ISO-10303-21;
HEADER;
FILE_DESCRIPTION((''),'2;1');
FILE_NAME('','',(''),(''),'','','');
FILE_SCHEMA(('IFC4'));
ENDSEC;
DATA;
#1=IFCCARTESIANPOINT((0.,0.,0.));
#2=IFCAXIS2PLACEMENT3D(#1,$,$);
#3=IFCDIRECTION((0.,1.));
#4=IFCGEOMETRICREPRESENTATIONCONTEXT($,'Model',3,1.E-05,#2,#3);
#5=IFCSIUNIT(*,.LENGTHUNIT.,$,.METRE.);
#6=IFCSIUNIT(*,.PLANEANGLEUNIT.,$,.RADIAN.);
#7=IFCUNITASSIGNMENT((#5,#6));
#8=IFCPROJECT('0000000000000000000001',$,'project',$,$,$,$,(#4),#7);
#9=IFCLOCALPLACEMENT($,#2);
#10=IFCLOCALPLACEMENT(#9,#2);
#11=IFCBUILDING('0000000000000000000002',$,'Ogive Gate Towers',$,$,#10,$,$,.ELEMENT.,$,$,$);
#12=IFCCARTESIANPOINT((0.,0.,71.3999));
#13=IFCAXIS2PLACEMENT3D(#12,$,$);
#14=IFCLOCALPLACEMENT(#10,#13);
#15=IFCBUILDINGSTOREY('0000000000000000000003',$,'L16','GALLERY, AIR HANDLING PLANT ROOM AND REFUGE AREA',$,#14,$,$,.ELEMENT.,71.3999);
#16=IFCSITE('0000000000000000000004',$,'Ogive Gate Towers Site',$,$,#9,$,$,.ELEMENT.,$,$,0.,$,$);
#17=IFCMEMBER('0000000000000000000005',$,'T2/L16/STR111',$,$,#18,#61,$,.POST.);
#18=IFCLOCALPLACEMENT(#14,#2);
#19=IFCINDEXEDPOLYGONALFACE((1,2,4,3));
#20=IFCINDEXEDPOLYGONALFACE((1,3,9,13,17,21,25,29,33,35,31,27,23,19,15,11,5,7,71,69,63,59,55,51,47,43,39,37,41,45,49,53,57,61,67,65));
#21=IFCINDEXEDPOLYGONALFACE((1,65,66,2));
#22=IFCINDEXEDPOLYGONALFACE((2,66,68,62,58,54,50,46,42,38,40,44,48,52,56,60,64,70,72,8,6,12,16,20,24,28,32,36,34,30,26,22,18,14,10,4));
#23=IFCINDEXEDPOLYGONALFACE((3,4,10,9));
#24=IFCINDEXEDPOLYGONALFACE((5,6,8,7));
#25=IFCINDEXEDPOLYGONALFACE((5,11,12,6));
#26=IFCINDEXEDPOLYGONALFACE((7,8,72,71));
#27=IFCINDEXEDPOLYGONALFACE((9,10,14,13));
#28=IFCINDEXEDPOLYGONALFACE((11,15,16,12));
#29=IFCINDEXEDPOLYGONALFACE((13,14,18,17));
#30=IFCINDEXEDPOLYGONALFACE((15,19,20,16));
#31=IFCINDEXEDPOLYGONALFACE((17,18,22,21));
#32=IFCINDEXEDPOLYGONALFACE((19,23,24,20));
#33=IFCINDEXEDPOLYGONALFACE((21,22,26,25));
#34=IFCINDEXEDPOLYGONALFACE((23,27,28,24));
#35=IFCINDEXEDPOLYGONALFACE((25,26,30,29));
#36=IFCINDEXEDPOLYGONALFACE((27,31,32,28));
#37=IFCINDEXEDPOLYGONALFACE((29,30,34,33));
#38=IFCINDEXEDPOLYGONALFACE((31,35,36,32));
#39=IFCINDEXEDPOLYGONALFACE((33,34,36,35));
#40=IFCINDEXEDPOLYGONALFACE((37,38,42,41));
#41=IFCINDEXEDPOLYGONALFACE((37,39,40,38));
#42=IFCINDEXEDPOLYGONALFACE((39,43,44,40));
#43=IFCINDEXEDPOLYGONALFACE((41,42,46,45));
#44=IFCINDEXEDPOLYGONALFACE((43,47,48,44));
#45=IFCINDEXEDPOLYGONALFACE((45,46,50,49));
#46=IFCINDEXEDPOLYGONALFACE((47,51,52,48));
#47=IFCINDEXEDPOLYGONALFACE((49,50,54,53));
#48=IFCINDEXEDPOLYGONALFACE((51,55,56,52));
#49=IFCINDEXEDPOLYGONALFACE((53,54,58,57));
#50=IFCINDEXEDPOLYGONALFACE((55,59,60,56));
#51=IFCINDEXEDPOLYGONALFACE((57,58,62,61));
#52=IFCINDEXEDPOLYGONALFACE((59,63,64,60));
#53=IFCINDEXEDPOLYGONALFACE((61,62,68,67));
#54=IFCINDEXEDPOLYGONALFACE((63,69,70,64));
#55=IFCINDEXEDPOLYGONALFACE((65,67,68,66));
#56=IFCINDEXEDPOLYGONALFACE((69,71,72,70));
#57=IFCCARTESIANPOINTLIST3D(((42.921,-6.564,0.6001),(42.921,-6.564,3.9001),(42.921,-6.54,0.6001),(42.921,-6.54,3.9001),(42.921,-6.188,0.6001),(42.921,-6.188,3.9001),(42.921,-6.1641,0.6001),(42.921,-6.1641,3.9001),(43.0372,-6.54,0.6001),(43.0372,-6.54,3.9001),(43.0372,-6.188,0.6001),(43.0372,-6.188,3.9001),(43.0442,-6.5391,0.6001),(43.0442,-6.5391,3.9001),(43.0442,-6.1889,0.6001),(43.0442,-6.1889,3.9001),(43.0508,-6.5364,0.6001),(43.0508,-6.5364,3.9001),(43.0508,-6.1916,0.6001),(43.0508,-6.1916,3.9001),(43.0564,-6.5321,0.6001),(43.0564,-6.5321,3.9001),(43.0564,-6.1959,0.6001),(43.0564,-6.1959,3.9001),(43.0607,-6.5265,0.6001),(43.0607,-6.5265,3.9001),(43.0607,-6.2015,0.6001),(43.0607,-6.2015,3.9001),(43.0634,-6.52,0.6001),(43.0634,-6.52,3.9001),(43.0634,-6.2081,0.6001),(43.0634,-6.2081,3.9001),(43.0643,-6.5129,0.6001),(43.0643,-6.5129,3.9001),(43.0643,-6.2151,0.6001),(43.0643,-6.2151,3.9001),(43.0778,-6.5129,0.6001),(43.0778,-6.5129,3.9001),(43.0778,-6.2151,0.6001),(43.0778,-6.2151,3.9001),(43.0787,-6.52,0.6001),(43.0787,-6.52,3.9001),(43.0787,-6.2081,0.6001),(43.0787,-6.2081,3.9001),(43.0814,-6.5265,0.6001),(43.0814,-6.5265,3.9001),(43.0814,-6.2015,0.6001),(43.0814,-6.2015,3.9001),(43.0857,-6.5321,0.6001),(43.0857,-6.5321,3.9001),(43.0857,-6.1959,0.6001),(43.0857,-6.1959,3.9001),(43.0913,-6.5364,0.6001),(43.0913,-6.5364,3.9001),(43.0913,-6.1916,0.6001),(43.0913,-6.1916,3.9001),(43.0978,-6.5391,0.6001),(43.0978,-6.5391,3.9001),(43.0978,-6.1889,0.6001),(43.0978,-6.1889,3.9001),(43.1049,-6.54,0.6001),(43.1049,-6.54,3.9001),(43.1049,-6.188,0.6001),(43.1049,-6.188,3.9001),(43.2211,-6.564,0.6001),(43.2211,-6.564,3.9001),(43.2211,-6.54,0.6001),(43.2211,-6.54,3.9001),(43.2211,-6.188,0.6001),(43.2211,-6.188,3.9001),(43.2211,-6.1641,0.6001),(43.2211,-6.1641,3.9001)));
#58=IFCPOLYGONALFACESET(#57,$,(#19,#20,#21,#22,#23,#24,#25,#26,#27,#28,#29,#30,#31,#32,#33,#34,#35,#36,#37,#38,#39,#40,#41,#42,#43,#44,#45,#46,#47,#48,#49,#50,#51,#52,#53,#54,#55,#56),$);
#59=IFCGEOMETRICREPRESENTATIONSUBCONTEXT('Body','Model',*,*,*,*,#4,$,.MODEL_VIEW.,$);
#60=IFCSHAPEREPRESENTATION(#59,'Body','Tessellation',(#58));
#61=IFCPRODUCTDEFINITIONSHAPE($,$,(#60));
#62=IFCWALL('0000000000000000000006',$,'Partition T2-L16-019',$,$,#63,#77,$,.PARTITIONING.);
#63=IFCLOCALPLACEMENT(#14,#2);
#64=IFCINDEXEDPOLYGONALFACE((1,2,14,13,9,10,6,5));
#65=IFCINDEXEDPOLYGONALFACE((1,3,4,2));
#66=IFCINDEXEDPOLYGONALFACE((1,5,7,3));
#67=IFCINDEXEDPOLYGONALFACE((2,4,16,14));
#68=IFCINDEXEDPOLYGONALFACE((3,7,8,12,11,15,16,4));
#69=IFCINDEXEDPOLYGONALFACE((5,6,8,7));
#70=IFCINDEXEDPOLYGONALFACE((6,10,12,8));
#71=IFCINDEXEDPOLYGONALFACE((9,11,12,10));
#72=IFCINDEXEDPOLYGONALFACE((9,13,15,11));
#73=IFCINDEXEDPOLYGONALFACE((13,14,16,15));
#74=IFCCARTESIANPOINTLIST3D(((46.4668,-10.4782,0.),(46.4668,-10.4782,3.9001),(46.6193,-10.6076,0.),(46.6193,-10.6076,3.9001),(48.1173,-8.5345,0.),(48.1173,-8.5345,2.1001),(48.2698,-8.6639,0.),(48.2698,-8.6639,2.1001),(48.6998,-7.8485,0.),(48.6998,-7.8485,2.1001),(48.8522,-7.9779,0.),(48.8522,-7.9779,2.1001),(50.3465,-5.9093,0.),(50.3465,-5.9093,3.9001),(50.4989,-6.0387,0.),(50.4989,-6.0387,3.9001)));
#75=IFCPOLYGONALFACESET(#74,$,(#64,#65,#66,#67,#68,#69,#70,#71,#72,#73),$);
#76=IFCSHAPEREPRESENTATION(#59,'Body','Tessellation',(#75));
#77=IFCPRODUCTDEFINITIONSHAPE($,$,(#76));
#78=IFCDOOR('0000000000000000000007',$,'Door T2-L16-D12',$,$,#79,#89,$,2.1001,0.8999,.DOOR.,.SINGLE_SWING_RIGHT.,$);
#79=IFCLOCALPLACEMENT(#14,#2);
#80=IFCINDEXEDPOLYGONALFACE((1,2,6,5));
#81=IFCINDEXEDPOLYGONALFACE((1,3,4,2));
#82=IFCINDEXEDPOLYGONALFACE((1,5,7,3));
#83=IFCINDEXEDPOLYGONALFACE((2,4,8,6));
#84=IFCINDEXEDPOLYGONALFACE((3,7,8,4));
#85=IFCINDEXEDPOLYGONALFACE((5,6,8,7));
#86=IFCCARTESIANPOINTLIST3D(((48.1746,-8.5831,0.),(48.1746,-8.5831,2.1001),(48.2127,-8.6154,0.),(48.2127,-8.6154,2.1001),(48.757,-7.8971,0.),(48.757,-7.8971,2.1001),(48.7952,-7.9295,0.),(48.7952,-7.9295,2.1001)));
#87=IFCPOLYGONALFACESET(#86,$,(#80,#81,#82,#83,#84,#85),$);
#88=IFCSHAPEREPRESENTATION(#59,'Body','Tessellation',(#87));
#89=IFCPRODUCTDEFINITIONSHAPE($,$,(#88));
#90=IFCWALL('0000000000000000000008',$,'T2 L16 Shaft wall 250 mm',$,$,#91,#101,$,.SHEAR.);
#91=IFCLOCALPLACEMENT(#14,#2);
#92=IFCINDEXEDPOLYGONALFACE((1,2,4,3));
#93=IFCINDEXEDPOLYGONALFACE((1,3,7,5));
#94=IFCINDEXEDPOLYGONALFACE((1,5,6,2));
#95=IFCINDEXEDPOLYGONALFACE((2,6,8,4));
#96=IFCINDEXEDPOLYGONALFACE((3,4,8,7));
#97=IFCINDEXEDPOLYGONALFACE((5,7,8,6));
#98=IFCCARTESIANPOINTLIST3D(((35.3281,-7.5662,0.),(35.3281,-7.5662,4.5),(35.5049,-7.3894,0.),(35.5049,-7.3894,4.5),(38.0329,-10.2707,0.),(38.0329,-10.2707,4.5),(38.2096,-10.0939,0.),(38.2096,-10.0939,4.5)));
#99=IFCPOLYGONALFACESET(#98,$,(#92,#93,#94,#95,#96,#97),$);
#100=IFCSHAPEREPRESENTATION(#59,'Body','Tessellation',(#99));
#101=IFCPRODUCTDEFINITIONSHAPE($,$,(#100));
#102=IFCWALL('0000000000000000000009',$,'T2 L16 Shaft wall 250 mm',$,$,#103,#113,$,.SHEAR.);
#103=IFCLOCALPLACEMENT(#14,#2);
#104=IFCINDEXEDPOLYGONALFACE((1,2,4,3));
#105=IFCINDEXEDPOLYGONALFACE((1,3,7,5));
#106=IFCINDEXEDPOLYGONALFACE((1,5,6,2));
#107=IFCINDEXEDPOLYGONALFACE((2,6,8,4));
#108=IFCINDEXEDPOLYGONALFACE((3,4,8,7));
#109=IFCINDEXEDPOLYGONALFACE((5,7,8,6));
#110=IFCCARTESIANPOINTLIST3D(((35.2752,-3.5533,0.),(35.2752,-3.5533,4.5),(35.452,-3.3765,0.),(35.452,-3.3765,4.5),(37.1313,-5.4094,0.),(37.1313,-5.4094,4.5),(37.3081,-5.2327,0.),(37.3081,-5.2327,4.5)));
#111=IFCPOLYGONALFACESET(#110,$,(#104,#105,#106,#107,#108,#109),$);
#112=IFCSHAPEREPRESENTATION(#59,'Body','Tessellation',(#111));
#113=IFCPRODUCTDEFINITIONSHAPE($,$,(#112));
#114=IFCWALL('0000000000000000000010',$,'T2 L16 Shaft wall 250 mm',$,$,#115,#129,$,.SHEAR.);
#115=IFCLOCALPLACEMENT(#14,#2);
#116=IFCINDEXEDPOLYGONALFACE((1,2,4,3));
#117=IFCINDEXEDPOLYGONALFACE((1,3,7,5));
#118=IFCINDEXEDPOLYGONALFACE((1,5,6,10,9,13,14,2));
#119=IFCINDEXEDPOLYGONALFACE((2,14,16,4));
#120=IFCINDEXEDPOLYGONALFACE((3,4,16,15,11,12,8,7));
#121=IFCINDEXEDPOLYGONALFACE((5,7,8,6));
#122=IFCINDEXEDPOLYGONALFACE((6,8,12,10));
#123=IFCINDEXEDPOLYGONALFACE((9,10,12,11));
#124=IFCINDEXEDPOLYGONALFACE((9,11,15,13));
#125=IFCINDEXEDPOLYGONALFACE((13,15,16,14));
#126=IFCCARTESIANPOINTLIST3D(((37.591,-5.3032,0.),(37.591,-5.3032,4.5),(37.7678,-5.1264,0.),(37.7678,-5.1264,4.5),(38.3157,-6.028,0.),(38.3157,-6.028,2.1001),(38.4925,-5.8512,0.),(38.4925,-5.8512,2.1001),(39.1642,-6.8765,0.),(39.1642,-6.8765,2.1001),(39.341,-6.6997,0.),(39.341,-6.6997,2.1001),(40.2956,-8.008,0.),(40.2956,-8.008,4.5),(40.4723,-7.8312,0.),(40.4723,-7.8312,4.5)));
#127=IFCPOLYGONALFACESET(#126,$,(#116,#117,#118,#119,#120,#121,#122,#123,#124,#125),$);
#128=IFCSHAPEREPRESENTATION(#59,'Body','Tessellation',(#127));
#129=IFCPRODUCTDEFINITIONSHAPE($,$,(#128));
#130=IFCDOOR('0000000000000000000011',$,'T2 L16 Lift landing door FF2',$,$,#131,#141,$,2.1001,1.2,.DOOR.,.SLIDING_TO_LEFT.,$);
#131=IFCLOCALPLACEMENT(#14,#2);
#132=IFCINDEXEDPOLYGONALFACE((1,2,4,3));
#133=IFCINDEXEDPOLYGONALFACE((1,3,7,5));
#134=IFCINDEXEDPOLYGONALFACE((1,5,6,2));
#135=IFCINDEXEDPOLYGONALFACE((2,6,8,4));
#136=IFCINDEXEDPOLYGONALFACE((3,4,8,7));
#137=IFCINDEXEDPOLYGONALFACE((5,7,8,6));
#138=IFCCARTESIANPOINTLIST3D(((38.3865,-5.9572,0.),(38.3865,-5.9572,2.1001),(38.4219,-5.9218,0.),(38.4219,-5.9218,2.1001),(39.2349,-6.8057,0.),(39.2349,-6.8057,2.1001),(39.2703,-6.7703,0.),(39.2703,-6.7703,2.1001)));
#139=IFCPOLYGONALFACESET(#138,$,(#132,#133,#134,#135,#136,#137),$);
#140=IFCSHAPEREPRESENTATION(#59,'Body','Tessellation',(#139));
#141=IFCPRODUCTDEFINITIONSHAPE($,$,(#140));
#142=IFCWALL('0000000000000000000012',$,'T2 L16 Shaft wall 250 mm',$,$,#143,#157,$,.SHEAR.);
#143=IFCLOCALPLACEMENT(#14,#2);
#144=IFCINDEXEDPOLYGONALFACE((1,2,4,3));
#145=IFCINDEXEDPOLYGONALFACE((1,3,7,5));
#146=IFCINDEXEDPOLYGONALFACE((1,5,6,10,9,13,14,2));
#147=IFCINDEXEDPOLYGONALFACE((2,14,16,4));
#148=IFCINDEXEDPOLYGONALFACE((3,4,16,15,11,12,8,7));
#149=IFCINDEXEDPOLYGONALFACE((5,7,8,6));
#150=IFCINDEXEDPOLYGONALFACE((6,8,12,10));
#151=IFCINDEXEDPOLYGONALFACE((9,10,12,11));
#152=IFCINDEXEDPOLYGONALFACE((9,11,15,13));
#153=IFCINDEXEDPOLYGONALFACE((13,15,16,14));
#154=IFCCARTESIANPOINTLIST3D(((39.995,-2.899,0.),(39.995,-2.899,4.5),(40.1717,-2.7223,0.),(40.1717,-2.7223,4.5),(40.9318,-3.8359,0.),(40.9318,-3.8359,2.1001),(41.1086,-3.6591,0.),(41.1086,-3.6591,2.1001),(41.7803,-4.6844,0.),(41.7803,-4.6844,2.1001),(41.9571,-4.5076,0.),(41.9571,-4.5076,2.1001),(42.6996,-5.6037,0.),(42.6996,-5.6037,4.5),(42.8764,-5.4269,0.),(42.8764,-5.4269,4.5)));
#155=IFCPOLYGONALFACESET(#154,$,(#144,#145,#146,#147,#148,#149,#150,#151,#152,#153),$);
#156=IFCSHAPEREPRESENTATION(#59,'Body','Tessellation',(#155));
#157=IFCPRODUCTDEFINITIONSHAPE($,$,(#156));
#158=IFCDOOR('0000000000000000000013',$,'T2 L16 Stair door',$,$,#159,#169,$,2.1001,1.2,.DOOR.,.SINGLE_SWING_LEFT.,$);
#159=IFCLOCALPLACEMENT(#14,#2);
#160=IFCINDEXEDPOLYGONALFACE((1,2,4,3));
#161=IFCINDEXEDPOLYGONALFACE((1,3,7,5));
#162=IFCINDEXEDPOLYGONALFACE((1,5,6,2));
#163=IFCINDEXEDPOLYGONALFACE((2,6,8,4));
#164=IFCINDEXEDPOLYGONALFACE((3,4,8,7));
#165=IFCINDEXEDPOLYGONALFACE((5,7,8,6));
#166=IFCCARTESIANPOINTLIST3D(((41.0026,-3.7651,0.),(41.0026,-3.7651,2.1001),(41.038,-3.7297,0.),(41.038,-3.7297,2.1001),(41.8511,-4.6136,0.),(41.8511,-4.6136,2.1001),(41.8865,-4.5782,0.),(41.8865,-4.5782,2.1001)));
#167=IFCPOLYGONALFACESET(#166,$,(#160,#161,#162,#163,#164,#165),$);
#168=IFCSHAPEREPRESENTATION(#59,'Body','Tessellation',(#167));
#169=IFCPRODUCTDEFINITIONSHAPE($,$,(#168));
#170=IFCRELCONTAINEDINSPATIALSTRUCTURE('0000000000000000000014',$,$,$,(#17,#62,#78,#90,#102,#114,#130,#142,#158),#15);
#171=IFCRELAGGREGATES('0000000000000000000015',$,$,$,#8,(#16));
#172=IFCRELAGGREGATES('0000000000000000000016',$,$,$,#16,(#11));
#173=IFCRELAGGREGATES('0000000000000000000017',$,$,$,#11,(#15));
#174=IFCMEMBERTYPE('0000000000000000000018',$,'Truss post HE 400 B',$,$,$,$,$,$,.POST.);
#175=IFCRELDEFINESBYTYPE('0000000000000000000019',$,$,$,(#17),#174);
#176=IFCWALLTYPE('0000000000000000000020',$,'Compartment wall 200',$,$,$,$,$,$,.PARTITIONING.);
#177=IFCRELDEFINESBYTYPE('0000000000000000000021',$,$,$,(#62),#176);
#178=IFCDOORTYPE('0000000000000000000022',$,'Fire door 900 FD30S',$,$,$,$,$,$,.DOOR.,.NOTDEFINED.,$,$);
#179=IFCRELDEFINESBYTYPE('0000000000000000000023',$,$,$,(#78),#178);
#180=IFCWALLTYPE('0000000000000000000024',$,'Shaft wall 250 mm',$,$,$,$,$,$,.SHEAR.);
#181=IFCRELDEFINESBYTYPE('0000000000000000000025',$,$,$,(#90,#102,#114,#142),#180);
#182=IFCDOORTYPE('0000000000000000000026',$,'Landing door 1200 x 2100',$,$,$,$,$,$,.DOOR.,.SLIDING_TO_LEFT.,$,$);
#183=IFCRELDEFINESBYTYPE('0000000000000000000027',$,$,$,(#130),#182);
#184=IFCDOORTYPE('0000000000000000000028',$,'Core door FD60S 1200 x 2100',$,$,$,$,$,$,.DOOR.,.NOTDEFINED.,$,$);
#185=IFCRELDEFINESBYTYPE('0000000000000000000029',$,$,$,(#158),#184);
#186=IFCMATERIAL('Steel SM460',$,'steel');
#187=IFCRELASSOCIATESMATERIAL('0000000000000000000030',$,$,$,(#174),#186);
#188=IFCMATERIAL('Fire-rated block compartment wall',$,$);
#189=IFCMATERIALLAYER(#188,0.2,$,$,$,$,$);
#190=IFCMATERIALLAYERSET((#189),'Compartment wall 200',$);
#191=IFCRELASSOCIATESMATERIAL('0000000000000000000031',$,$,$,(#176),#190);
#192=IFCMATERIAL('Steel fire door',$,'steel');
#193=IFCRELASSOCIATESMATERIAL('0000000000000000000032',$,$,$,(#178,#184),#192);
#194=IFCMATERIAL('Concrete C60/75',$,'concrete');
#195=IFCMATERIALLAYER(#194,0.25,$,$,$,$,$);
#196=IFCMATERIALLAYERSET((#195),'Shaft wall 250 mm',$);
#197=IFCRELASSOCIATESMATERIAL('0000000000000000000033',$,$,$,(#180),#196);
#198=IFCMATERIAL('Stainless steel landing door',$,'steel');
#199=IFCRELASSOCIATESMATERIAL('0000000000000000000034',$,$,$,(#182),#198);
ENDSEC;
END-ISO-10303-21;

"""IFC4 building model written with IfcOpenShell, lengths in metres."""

from ifc_helpers import new_model, si_unit, direction, frame, frame_2d, origin, origin_2d, place, context, subcontext, project, spatial, rectangle, i_section, extrude, material, layer, layer_set, material_profile, profile_set, type_object, element, fill, save


model = new_model("IFC4")

# Units and contexts
model_context = context("Model", 3, precision=1e-05, world=origin(), true_north=direction((0.0, 1.0)))
body_context = subcontext(model_context, "Body", "Model", "MODEL_VIEW")
ifc_project = project(units=[si_unit("LENGTHUNIT", "METRE"), si_unit("PLANEANGLEUNIT", "RADIAN")], contexts=[model_context])

# Site, building, storey
site_placement = place(None, origin())
site = spatial("IfcSite", under=ifc_project, at=site_placement, Name="Ogive Gate Towers Site", CompositionType="ELEMENT", RefElevation=0.0)
building_placement = place(site_placement, origin())
building = spatial("IfcBuilding", under=site, at=building_placement, Name="Ogive Gate Towers", CompositionType="ELEMENT")
storey_placement = place(building_placement, frame((0.0, 0.0, 71.3999)))
storey = spatial("IfcBuildingStorey", under=building, at=storey_placement, Name="L16", Description="GALLERY, AIR HANDLING PLANT ROOM AND REFUGE AREA", CompositionType="ELEMENT", Elevation=71.3999)

# Shared definitions
ifc_material_1 = material(Name="Steel SM460", Category="steel")

# Member
ifc_material_profile_1 = material_profile(ifc_material_1, i_section(OverallWidth=0.3, OverallDepth=0.3999, WebThickness=0.0134, FlangeThickness=0.0239, FilletRadius=0.0271, at=origin_2d()), Name="HE 400 B")
ifc_profile_set_1 = profile_set([ifc_material_profile_1], Name="Steel SM460")
member_type_1 = type_object("IfcMemberType", Name="Truss post HE 400 B", PredefinedType="POST", material=ifc_profile_set_1)
member_1_placement = place(storey_placement, frame((43.071, -6.364, 0.6001), z_axis=(0.0, 0.0, 1.0), x_axis=(1.0, 0.0, 0.0)))
element("IfcMember", 1, at=member_1_placement, inside=storey, type_object=member_type_1, Name="T2/L16/STR111", PredefinedType="POST", context=body_context, shape_type="SweptSolid", body=[
    extrude(i_section(OverallWidth=0.3, OverallDepth=0.3999, WebThickness=0.0134, FlangeThickness=0.0239, FilletRadius=0.0271, at=origin_2d()), origin(), (0.0, 0.0, 1.0), 3.3),
])

# Wall, opening, door
ifc_material_2 = material(Name="Fire-rated block compartment wall")
ifc_layer_1 = layer(ifc_material_2, 0.2)
ifc_layer_set_1 = layer_set([ifc_layer_1], Name="Compartment wall 200")
wall_type_1 = type_object("IfcWallType", Name="Compartment wall 200", PredefinedType="PARTITIONING", material=ifc_layer_set_1)
wall_1_placement = place(storey_placement, frame((46.543, -10.543, 0.0), z_axis=(0.0, 0.0, 1.0), x_axis=(0.647272, 0.762259, 0.0)))
wall_1 = element("IfcWall", 2, at=wall_1_placement, inside=storey, type_object=wall_type_1, Name="Partition T2-L16-019", PredefinedType="PARTITIONING", context=body_context, shape_type="SweptSolid", body=[
    extrude(rectangle(XDim=5.9939, YDim=0.2, at=frame_2d((2.9971, 0.0))), origin(), (0.0, 0.0, 1.0), 3.9001),
])
opening_1_placement = place(wall_1_placement, frame((2.55, 0.0, 0.0)))
opening_1 = element("IfcOpeningElement", 3, at=opening_1_placement, cuts=wall_1, PredefinedType="OPENING", context=body_context, shape_type="SweptSolid", body=[
    extrude(rectangle(XDim=0.8999, YDim=2.1001, at=frame_2d((0.45, 1.05))), frame((0.0, 0.1099, 0.0), z_axis=(0.0, -1.0, 0.0), x_axis=(1.0, 0.0, 0.0)), (0.0, 0.0, 1.0), 0.22),
])
ifc_material_3 = material(Name="Steel fire door", Category="steel")
door_type_1 = type_object("IfcDoorType", Name="Fire door 900 FD30S", OperationType="NOTDEFINED", PredefinedType="DOOR", material=ifc_material_3)
door_1_placement = place(opening_1_placement, origin())
door_1 = element("IfcDoor", 4, at=door_1_placement, inside=storey, type_object=door_type_1, Name="Door T2-L16-D12", OperationType="SINGLE_SWING_RIGHT", OverallHeight=2.1001, OverallWidth=0.8999, PredefinedType="DOOR", context=body_context, shape_type="SweptSolid", body=[
    extrude(rectangle(XDim=0.8999, YDim=2.1001, at=frame_2d((0.45, 1.05))), frame((0.0, 0.0249, 0.0), z_axis=(0.0, -1.0, 0.0), x_axis=(1.0, 0.0, 0.0)), (0.0, 0.0, 1.0), 0.05),
])
fill(opening_1, door_1)

# Walls
ifc_material_4 = material(Name="Concrete C60/75", Category="concrete")
ifc_layer_2 = layer(ifc_material_4, 0.25)
ifc_layer_set_2 = layer_set([ifc_layer_2], Name="Shaft wall 250 mm")
wall_type_2 = type_object("IfcWallType", Name="Shaft wall 250 mm", PredefinedType="SHEAR", material=ifc_layer_set_2)
wall_2_placement = place(storey_placement, frame((38.1213, -10.1824, 0.0), z_axis=(0.0, 0.0, 1.0), x_axis=(-0.707139, 0.707075, 0.0)))
element("IfcWall", 5, at=wall_2_placement, inside=storey, type_object=wall_type_2, Name="T2 L16 Shaft wall 250 mm", PredefinedType="SHEAR", context=body_context, shape_type="SweptSolid", body=[
    extrude(rectangle(XDim=3.825, YDim=0.25, at=frame_2d((1.9126, 0.0))), origin(), (0.0, 0.0, 1.0), 4.5),
])
wall_3_placement = place(storey_placement, frame((37.2197, -5.321, 0.0), z_axis=(0.0, 0.0, 1.0), x_axis=(-0.707107, 0.707107, 0.0)))
element("IfcWall", 6, at=wall_3_placement, inside=storey, type_object=wall_type_2, Name="T2 L16 Shaft wall 250 mm", PredefinedType="SHEAR", context=body_context, shape_type="SweptSolid", body=[
    extrude(rectangle(XDim=2.625, YDim=0.25, at=frame_2d((1.3125, 0.0))), origin(), (0.0, 0.0, 1.0), 4.5),
])

# Walls, openings, doors
wall_4_placement = place(storey_placement, frame((40.384, -7.9197, 0.0), z_axis=(0.0, 0.0, 1.0), x_axis=(-0.707075, 0.707139, 0.0)))
wall_4 = element("IfcWall", 7, at=wall_4_placement, inside=storey, type_object=wall_type_2, Name="T2 L16 Shaft wall 250 mm", PredefinedType="SHEAR", context=body_context, shape_type="SweptSolid", body=[
    extrude(rectangle(XDim=3.825, YDim=0.25, at=frame_2d((1.9126, 0.0))), origin(), (0.0, 0.0, 1.0), 4.5),
])
opening_2_placement = place(wall_4_placement, frame((1.6001, 0.0, 0.0)))
opening_2 = element("IfcOpeningElement", 8, at=opening_2_placement, cuts=wall_4, PredefinedType="OPENING", context=body_context, shape_type="SweptSolid", body=[
    extrude(rectangle(XDim=1.2, YDim=2.1001, at=frame_2d((0.6001, 1.05))), frame((0.0, 0.135, 0.0), z_axis=(0.0, -1.0, 0.0), x_axis=(1.0, 0.0, 0.0)), (0.0, 0.0, 1.0), 0.27),
])
ifc_material_5 = material(Name="Stainless steel landing door", Category="steel")
door_type_2 = type_object("IfcDoorType", Name="Landing door 1200 x 2100", OperationType="SLIDING_TO_LEFT", PredefinedType="DOOR", material=ifc_material_5)
door_2_placement = place(opening_2_placement, origin())
door_2 = element("IfcDoor", 9, at=door_2_placement, inside=storey, type_object=door_type_2, Name="T2 L16 Lift landing door FF2", OperationType="SLIDING_TO_LEFT", OverallHeight=2.1001, OverallWidth=1.2, PredefinedType="DOOR", context=body_context, shape_type="SweptSolid", body=[
    extrude(rectangle(XDim=1.2, YDim=2.1001, at=frame_2d((0.6001, 1.05))), frame((0.0, 0.0249, 0.0), z_axis=(0.0, -1.0, 0.0), x_axis=(1.0, 0.0, 0.0)), (0.0, 0.0, 1.0), 0.05),
])
fill(opening_2, door_2)
wall_5_placement = place(storey_placement, frame((42.7881, -5.5154, 0.0), z_axis=(0.0, 0.0, 1.0), x_axis=(-0.707107, 0.707107, 0.0)))
wall_5 = element("IfcWall", 10, at=wall_5_placement, inside=storey, type_object=wall_type_2, Name="T2 L16 Shaft wall 250 mm", PredefinedType="SHEAR", context=body_context, shape_type="SweptSolid", body=[
    extrude(rectangle(XDim=3.825, YDim=0.25, at=frame_2d((1.9126, 0.0))), origin(), (0.0, 0.0, 1.0), 4.5),
])
opening_3_placement = place(wall_5_placement, frame((1.3, 0.0, 0.0)))
opening_3 = element("IfcOpeningElement", 11, at=opening_3_placement, cuts=wall_5, PredefinedType="OPENING", context=body_context, shape_type="SweptSolid", body=[
    extrude(rectangle(XDim=1.2, YDim=2.1001, at=frame_2d((0.6001, 1.05))), frame((0.0, 0.135, 0.0), z_axis=(0.0, -1.0, 0.0), x_axis=(1.0, 0.0, 0.0)), (0.0, 0.0, 1.0), 0.27),
])
door_type_3 = type_object("IfcDoorType", Name="Core door FD60S 1200 x 2100", OperationType="NOTDEFINED", PredefinedType="DOOR", material=ifc_material_3)
door_3_placement = place(opening_3_placement, origin())
door_3 = element("IfcDoor", 12, at=door_3_placement, inside=storey, type_object=door_type_3, Name="T2 L16 Stair door", OperationType="SINGLE_SWING_LEFT", OverallHeight=2.1001, OverallWidth=1.2, PredefinedType="DOOR", context=body_context, shape_type="SweptSolid", body=[
    extrude(rectangle(XDim=1.2, YDim=2.1001, at=frame_2d((0.6001, 1.05))), frame((0.0, 0.0249, 0.0), z_axis=(0.0, -1.0, 0.0), x_axis=(1.0, 0.0, 0.0)), (0.0, 0.0, 1.0), 0.05),
])
fill(opening_3, door_3)

save(model, "model.ifc")
